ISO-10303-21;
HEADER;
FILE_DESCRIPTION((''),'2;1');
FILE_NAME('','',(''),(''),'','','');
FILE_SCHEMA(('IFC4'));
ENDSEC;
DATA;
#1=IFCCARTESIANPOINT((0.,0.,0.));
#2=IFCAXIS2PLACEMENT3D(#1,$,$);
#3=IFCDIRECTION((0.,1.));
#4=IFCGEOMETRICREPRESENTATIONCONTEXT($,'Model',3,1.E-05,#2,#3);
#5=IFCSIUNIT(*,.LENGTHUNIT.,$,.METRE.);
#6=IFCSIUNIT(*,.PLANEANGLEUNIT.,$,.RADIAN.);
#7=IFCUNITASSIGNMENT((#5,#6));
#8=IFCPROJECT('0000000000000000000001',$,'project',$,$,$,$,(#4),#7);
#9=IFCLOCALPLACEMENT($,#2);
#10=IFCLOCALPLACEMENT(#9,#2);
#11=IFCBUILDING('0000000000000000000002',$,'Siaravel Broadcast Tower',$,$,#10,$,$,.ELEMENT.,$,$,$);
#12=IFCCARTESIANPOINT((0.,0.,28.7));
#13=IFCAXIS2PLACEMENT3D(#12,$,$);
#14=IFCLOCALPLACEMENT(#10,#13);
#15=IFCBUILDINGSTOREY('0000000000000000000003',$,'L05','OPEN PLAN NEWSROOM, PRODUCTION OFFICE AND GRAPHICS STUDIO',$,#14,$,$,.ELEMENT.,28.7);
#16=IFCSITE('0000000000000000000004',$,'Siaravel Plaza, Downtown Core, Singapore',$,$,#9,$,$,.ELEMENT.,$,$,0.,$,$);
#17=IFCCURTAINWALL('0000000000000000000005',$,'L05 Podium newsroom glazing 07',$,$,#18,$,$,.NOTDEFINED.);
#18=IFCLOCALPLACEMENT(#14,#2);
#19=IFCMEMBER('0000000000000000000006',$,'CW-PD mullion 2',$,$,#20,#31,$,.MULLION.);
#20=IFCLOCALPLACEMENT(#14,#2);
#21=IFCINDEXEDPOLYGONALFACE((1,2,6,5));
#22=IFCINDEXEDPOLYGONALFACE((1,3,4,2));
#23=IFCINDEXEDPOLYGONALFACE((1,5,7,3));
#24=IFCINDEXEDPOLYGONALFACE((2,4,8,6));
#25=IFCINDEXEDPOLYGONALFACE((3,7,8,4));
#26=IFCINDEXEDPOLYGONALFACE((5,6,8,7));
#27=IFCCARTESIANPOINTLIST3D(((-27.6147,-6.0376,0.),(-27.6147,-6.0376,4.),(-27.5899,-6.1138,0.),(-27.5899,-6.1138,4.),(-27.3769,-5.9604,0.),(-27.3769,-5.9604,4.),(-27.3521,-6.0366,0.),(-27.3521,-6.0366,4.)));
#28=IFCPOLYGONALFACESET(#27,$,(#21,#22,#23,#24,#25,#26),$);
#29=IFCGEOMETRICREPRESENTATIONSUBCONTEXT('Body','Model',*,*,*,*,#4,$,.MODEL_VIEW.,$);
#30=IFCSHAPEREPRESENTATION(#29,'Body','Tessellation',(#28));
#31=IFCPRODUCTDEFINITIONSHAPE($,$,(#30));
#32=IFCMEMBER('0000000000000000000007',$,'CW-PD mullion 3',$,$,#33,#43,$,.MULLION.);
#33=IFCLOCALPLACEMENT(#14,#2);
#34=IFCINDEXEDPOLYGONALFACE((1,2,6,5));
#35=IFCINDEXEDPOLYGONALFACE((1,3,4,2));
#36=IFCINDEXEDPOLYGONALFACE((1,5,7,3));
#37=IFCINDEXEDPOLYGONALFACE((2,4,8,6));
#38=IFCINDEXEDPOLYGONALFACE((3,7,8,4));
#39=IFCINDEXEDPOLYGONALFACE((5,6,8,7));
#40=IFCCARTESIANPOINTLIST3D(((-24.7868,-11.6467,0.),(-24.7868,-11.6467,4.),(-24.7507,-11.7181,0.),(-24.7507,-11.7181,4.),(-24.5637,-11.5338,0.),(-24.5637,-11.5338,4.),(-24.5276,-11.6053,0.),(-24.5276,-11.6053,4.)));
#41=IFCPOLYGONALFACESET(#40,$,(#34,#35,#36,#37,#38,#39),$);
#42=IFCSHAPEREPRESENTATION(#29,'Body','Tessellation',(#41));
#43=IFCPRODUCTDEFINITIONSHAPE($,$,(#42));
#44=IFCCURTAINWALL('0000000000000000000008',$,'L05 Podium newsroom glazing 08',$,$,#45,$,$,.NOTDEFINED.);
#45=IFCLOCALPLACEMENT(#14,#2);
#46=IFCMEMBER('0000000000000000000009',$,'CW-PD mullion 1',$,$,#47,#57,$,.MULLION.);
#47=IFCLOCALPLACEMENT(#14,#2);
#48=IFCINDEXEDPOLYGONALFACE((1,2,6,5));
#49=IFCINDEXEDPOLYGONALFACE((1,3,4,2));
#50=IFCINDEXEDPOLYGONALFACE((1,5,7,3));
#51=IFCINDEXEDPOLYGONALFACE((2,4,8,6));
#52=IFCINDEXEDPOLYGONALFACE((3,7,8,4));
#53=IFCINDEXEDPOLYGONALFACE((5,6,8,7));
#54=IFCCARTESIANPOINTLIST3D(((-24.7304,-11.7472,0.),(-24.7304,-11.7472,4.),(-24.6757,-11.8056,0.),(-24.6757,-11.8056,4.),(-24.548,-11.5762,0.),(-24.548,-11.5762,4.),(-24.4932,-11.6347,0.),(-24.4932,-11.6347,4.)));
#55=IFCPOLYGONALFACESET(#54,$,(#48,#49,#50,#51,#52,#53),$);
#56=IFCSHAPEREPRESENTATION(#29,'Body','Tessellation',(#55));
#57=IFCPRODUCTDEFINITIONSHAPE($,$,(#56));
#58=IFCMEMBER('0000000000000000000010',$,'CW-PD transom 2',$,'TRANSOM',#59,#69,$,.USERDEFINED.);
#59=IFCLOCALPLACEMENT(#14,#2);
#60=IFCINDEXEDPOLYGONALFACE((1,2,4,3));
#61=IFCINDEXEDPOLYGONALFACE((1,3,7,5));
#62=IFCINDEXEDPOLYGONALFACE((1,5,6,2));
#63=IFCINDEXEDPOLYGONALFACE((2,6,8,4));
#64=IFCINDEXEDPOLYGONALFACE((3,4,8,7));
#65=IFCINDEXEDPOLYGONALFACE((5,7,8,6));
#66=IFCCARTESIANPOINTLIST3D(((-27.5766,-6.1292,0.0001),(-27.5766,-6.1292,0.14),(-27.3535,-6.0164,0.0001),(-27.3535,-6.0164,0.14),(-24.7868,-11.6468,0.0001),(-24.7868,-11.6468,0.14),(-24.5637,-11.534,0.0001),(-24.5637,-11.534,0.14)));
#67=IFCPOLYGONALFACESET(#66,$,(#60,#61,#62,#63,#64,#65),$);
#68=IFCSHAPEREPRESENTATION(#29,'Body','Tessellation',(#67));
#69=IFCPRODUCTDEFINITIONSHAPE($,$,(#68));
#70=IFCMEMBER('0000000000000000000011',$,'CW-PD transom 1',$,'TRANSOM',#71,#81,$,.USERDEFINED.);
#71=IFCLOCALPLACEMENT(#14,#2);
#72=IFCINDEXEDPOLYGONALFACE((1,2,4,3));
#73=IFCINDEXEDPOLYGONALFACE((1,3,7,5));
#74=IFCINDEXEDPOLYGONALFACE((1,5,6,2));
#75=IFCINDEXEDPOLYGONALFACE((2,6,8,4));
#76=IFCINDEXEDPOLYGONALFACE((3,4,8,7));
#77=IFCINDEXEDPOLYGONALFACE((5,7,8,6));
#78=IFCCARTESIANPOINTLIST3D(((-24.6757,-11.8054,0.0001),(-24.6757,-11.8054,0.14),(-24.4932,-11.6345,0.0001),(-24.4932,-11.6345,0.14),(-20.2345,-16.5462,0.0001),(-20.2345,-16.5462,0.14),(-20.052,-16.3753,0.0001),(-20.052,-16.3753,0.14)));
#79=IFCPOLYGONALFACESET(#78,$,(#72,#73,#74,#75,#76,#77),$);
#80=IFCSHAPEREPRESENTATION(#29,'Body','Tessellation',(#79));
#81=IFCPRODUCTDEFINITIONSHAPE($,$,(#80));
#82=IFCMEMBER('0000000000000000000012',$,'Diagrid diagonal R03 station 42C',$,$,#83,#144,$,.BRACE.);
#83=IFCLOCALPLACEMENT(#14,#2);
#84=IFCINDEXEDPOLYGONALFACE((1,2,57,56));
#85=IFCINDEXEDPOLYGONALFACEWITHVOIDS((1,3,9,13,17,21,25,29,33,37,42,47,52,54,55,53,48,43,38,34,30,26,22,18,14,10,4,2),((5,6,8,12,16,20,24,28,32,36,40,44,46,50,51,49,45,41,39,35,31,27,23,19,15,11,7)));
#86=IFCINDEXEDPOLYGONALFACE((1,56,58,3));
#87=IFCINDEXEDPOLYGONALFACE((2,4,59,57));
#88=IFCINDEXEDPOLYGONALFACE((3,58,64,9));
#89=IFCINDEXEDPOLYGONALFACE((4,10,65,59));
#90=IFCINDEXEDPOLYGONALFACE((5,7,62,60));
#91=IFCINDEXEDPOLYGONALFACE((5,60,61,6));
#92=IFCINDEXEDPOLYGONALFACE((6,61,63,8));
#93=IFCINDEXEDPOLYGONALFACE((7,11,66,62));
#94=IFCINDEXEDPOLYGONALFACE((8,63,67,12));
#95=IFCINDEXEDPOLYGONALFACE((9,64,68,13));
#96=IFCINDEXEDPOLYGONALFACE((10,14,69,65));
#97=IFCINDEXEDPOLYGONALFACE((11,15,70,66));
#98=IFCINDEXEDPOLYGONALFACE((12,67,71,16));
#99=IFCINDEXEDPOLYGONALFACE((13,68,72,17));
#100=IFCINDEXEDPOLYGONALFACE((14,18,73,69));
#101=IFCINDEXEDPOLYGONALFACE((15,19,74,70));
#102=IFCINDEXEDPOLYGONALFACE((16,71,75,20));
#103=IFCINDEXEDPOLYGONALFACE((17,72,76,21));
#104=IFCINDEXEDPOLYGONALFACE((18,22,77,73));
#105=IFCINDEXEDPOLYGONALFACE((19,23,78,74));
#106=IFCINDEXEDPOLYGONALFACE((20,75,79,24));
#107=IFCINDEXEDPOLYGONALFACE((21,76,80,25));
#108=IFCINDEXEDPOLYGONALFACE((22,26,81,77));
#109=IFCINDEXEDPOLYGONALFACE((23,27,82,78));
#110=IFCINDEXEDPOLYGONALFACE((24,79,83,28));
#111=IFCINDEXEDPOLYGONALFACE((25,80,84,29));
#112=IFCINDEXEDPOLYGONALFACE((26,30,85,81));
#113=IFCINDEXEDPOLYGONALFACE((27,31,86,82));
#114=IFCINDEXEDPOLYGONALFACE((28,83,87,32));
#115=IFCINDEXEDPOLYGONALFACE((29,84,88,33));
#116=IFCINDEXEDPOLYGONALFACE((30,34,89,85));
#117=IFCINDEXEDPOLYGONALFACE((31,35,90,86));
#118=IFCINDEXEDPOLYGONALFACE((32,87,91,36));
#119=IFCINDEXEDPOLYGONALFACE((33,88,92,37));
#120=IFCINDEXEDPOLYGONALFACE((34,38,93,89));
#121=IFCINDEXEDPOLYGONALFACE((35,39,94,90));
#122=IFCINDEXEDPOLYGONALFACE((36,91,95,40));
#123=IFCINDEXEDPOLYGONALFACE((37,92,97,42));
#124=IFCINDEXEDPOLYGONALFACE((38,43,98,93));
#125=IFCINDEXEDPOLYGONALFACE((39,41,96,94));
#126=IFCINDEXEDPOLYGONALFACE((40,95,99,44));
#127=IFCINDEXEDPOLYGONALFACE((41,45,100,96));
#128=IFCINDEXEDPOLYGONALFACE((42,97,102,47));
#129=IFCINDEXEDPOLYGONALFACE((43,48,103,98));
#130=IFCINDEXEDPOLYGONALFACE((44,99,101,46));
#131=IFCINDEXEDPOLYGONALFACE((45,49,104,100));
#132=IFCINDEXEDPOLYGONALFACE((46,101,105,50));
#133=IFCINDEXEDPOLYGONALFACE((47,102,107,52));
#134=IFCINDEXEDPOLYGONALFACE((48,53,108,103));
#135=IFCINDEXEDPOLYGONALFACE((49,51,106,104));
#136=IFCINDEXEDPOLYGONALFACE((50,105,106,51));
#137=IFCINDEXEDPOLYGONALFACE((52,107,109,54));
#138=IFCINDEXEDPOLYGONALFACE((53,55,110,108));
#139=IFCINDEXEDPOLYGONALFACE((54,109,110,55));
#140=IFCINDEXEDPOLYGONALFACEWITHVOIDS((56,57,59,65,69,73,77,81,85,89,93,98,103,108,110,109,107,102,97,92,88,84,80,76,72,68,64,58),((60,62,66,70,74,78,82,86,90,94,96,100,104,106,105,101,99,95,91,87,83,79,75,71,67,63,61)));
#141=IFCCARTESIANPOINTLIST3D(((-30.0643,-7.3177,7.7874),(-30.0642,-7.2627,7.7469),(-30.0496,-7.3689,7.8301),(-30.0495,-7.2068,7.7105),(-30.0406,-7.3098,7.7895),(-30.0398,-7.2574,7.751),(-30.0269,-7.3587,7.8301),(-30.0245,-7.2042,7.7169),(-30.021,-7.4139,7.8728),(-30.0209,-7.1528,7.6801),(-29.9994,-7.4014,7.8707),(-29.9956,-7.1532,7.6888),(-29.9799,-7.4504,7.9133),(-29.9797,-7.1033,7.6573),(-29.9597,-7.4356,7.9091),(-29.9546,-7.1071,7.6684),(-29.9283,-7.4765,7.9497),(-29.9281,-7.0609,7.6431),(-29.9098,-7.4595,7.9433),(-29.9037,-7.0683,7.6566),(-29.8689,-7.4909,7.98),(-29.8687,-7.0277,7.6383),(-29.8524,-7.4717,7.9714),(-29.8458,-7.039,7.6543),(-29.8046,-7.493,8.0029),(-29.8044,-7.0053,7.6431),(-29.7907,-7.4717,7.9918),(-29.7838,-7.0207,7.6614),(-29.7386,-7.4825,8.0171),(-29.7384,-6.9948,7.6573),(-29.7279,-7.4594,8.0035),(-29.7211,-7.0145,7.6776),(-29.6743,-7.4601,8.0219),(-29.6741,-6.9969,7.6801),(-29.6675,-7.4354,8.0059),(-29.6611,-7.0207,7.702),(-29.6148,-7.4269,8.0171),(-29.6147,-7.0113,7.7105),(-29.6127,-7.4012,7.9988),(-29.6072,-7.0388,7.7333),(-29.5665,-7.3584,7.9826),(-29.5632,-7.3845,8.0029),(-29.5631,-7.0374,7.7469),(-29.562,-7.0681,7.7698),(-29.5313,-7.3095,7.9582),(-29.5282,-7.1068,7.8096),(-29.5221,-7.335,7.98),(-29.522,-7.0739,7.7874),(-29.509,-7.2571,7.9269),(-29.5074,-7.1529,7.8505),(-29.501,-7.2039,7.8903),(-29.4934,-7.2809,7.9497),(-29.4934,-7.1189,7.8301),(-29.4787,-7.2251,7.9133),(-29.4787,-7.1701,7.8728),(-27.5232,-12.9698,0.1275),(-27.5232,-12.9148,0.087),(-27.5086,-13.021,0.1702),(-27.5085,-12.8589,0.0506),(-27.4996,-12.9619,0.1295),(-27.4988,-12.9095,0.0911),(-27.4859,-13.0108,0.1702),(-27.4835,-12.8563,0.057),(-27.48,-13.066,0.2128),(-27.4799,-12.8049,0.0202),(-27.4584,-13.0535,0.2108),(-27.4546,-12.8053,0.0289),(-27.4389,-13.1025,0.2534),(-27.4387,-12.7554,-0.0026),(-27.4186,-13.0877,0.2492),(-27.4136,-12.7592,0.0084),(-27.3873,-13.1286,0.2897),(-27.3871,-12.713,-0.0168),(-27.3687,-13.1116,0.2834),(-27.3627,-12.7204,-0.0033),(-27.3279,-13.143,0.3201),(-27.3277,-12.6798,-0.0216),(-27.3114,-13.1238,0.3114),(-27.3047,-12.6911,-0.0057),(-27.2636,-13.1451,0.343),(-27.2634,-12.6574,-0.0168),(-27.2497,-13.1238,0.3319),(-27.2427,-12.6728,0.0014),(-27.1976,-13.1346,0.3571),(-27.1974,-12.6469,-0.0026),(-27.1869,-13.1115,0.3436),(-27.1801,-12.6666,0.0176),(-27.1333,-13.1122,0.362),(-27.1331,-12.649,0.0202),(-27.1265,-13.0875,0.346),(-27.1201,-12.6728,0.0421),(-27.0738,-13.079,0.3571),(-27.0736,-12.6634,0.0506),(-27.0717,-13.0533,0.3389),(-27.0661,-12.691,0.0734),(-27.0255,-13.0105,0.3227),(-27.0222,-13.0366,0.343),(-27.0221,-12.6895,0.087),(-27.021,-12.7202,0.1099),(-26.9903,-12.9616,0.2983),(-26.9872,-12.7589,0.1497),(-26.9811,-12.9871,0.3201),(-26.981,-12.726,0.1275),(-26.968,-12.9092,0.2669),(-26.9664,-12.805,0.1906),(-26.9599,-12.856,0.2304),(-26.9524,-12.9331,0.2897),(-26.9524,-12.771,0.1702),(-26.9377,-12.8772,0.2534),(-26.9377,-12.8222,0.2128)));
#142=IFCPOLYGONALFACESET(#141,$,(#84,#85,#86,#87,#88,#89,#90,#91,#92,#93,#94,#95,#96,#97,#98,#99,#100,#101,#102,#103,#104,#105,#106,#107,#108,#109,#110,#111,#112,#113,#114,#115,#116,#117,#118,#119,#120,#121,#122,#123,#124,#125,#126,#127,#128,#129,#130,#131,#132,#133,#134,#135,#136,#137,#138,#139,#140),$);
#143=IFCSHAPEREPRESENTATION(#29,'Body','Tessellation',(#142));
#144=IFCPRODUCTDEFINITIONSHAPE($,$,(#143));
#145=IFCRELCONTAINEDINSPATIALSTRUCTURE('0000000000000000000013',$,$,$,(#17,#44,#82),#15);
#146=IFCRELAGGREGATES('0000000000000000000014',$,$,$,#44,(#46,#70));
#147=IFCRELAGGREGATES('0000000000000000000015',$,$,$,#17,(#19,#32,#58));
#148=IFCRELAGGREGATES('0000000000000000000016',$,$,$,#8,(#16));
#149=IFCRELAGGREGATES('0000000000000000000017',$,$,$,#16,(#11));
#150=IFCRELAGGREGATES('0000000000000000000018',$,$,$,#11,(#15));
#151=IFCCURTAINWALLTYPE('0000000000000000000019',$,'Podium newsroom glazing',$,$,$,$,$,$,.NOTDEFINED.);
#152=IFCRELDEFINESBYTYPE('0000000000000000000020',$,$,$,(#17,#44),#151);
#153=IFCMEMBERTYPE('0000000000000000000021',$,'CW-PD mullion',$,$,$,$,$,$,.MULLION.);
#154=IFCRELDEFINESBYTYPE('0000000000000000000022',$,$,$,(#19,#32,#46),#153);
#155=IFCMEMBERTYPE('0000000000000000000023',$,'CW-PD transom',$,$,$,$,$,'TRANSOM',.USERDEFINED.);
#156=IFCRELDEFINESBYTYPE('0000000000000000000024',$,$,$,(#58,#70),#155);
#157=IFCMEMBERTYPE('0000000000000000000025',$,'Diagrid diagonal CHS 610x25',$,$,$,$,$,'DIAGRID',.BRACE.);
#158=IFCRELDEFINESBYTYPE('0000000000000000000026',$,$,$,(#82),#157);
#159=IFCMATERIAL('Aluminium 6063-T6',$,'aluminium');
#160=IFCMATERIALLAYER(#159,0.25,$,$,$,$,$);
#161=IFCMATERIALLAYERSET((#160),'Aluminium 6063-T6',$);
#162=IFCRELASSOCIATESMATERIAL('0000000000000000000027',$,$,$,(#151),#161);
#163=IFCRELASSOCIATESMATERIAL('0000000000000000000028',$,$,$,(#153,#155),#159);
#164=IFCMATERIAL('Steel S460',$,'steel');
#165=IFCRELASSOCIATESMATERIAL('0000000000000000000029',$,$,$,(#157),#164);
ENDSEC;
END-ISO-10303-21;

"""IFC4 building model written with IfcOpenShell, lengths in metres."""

from ifc_helpers import new_model, si_unit, direction, frame, origin, origin_2d, place, context, subcontext, project, spatial, rectangle, hollow_circle, extrude, material, layer, layer_set, material_profile, profile_set, type_object, element, aggregate, save


model = new_model("IFC4")

# Units and contexts
model_context = context("Model", 3, precision=1e-05, world=origin(), true_north=direction((0.0, 1.0)))
body_context = subcontext(model_context, "Body", "Model", "MODEL_VIEW")
ifc_project = project(units=[si_unit("LENGTHUNIT", "METRE"), si_unit("PLANEANGLEUNIT", "RADIAN")], contexts=[model_context])

# Site, building, storey
site_placement = place(None, origin())
site = spatial("IfcSite", under=ifc_project, at=site_placement, Name="Siaravel Plaza, Downtown Core, Singapore", CompositionType="ELEMENT", RefElevation=0.0)
building_placement = place(site_placement, origin())
building = spatial("IfcBuilding", under=site, at=building_placement, Name="Siaravel Broadcast Tower", CompositionType="ELEMENT")
storey_placement = place(building_placement, frame((0.0, 0.0, 28.7)))
storey = spatial("IfcBuildingStorey", under=building, at=storey_placement, Name="L05", Description="OPEN PLAN NEWSROOM, PRODUCTION OFFICE AND GRAPHICS STUDIO", CompositionType="ELEMENT", Elevation=28.7)

# Curtain wall, members
ifc_material_1 = material(Name="Aluminium 6063-T6", Category="aluminium")
ifc_layer_1 = layer(ifc_material_1, 0.25)
ifc_layer_set_1 = layer_set([ifc_layer_1], Name="Aluminium 6063-T6")
curtain_wall_type = type_object("IfcCurtainWallType", Name="Podium newsroom glazing", PredefinedType="NOTDEFINED", material=ifc_layer_set_1)
curtain_wall_1_placement = place(storey_placement, origin())
curtain_wall_1 = element("IfcCurtainWall", 1, at=curtain_wall_1_placement, inside=storey, type_object=curtain_wall_type, Name="L05 Podium newsroom glazing 07", PredefinedType="NOTDEFINED")
ifc_material_profile_1 = material_profile(ifc_material_1, rectangle(XDim=0.25, YDim=0.0801, at=origin_2d()))
ifc_profile_set_1 = profile_set([ifc_material_profile_1], Name="Aluminium 6063-T6")
member_type_1 = type_object("IfcMemberType", Name="CW-PD mullion", PredefinedType="MULLION", material=ifc_profile_set_1)
member_1_placement = place(storey_placement, frame((-27.4834, -6.0371, 0.0), z_axis=(0.0, 0.0, 1.0), x_axis=(0.951177, 0.308646, 0.0)))
member_1 = element("IfcMember", 2, at=member_1_placement, type_object=member_type_1, Name="CW-PD mullion 2", PredefinedType="MULLION", context=body_context, shape_type="SweptSolid", body=[
    extrude(rectangle(XDim=0.25, YDim=0.0801, at=origin_2d()), origin(), (0.0, 0.0, 1.0), 4.0),
])
member_2_placement = place(storey_placement, frame((-24.6572, -11.626, 0.0), z_axis=(0.0, 0.0, 1.0), x_axis=(0.892391, 0.451262, 0.0)))
member_2 = element("IfcMember", 3, at=member_2_placement, type_object=member_type_1, Name="CW-PD mullion 3", PredefinedType="MULLION", context=body_context, shape_type="SweptSolid", body=[
    extrude(rectangle(XDim=0.25, YDim=0.0801, at=origin_2d()), origin(), (0.0, 0.0, 1.0), 4.0),
])

# Curtain wall, member
curtain_wall_2_placement = place(storey_placement, origin())
curtain_wall_2 = element("IfcCurtainWall", 4, at=curtain_wall_2_placement, inside=storey, type_object=curtain_wall_type, Name="L05 Podium newsroom glazing 08", PredefinedType="NOTDEFINED")
member_3_placement = place(storey_placement, frame((-24.6118, -11.6909, 0.0), z_axis=(0.0, 0.0, 1.0), x_axis=(0.729804, 0.683656, 0.0)))
member_3 = element("IfcMember", 5, at=member_3_placement, type_object=member_type_1, Name="CW-PD mullion 1", PredefinedType="MULLION", context=body_context, shape_type="SweptSolid", body=[
    extrude(rectangle(XDim=0.25, YDim=0.0801, at=origin_2d()), origin(), (0.0, 0.0, 1.0), 4.0),
])

# Members
ifc_material_profile_2 = material_profile(ifc_material_1, rectangle(XDim=0.25, YDim=0.1399, at=origin_2d()))
ifc_profile_set_2 = profile_set([ifc_material_profile_2], Name="Aluminium 6063-T6")
member_type_2 = type_object("IfcMemberType", Name="CW-PD transom", ElementType="TRANSOM", PredefinedType="USERDEFINED", material=ifc_profile_set_2)
member_4_placement = place(storey_placement, frame((-27.4651, -6.0728, 0.0701), z_axis=(0.451221, -0.892412, 0.0), x_axis=(0.892412, 0.451221, 0.0)))
member_4 = element("IfcMember", 6, at=member_4_placement, type_object=member_type_2, Name="CW-PD transom 2", ObjectType="TRANSOM", PredefinedType="USERDEFINED", context=body_context, shape_type="SweptSolid", body=[
    extrude(rectangle(XDim=0.25, YDim=0.1399, at=origin_2d()), origin(), (0.0, 0.0, 1.0), 6.1829),
])
member_5_placement = place(storey_placement, frame((-24.5845, -11.72, 0.0701), z_axis=(0.683674, -0.729788, 0.0), x_axis=(0.729788, 0.683674, 0.0)))
member_5 = element("IfcMember", 7, at=member_5_placement, type_object=member_type_2, Name="CW-PD transom 1", ObjectType="TRANSOM", PredefinedType="USERDEFINED", context=body_context, shape_type="SweptSolid", body=[
    extrude(rectangle(XDim=0.25, YDim=0.1399, at=origin_2d()), origin(), (0.0, 0.0, 1.0), 6.4961),
])
aggregate(curtain_wall_2, [member_3, member_5])

# Member
ifc_material_2 = material(Name="Steel S460", Category="steel")
ifc_material_profile_3 = material_profile(ifc_material_2, hollow_circle(Radius=0.3049, WallThickness=0.0249, at=origin_2d()))
ifc_profile_set_3 = profile_set([ifc_material_profile_3], Name="Steel S460")
member_type_3 = type_object("IfcMemberType", Name="Diagrid diagonal CHS 610x25", ElementType="DIAGRID", PredefinedType="BRACE", material=ifc_profile_set_3)
member_6_placement = place(storey_placement, frame((-27.2305, -12.896, 0.1702), z_axis=(-0.257898, 0.573655, 0.777437), x_axis=(-0.912068, -0.410039, 0.0)))
element("IfcMember", 8, at=member_6_placement, inside=storey, type_object=member_type_3, Name="Diagrid diagonal R03 station 42C", PredefinedType="BRACE", context=body_context, shape_type="SweptSolid", body=[
    extrude(hollow_circle(Radius=0.3049, WallThickness=0.0249, at=origin_2d()), origin(), (0.0, 0.0, 1.0), 9.8528),
])

aggregate(curtain_wall_1, [member_1, member_2, member_4])

save(model, "model.ifc")
